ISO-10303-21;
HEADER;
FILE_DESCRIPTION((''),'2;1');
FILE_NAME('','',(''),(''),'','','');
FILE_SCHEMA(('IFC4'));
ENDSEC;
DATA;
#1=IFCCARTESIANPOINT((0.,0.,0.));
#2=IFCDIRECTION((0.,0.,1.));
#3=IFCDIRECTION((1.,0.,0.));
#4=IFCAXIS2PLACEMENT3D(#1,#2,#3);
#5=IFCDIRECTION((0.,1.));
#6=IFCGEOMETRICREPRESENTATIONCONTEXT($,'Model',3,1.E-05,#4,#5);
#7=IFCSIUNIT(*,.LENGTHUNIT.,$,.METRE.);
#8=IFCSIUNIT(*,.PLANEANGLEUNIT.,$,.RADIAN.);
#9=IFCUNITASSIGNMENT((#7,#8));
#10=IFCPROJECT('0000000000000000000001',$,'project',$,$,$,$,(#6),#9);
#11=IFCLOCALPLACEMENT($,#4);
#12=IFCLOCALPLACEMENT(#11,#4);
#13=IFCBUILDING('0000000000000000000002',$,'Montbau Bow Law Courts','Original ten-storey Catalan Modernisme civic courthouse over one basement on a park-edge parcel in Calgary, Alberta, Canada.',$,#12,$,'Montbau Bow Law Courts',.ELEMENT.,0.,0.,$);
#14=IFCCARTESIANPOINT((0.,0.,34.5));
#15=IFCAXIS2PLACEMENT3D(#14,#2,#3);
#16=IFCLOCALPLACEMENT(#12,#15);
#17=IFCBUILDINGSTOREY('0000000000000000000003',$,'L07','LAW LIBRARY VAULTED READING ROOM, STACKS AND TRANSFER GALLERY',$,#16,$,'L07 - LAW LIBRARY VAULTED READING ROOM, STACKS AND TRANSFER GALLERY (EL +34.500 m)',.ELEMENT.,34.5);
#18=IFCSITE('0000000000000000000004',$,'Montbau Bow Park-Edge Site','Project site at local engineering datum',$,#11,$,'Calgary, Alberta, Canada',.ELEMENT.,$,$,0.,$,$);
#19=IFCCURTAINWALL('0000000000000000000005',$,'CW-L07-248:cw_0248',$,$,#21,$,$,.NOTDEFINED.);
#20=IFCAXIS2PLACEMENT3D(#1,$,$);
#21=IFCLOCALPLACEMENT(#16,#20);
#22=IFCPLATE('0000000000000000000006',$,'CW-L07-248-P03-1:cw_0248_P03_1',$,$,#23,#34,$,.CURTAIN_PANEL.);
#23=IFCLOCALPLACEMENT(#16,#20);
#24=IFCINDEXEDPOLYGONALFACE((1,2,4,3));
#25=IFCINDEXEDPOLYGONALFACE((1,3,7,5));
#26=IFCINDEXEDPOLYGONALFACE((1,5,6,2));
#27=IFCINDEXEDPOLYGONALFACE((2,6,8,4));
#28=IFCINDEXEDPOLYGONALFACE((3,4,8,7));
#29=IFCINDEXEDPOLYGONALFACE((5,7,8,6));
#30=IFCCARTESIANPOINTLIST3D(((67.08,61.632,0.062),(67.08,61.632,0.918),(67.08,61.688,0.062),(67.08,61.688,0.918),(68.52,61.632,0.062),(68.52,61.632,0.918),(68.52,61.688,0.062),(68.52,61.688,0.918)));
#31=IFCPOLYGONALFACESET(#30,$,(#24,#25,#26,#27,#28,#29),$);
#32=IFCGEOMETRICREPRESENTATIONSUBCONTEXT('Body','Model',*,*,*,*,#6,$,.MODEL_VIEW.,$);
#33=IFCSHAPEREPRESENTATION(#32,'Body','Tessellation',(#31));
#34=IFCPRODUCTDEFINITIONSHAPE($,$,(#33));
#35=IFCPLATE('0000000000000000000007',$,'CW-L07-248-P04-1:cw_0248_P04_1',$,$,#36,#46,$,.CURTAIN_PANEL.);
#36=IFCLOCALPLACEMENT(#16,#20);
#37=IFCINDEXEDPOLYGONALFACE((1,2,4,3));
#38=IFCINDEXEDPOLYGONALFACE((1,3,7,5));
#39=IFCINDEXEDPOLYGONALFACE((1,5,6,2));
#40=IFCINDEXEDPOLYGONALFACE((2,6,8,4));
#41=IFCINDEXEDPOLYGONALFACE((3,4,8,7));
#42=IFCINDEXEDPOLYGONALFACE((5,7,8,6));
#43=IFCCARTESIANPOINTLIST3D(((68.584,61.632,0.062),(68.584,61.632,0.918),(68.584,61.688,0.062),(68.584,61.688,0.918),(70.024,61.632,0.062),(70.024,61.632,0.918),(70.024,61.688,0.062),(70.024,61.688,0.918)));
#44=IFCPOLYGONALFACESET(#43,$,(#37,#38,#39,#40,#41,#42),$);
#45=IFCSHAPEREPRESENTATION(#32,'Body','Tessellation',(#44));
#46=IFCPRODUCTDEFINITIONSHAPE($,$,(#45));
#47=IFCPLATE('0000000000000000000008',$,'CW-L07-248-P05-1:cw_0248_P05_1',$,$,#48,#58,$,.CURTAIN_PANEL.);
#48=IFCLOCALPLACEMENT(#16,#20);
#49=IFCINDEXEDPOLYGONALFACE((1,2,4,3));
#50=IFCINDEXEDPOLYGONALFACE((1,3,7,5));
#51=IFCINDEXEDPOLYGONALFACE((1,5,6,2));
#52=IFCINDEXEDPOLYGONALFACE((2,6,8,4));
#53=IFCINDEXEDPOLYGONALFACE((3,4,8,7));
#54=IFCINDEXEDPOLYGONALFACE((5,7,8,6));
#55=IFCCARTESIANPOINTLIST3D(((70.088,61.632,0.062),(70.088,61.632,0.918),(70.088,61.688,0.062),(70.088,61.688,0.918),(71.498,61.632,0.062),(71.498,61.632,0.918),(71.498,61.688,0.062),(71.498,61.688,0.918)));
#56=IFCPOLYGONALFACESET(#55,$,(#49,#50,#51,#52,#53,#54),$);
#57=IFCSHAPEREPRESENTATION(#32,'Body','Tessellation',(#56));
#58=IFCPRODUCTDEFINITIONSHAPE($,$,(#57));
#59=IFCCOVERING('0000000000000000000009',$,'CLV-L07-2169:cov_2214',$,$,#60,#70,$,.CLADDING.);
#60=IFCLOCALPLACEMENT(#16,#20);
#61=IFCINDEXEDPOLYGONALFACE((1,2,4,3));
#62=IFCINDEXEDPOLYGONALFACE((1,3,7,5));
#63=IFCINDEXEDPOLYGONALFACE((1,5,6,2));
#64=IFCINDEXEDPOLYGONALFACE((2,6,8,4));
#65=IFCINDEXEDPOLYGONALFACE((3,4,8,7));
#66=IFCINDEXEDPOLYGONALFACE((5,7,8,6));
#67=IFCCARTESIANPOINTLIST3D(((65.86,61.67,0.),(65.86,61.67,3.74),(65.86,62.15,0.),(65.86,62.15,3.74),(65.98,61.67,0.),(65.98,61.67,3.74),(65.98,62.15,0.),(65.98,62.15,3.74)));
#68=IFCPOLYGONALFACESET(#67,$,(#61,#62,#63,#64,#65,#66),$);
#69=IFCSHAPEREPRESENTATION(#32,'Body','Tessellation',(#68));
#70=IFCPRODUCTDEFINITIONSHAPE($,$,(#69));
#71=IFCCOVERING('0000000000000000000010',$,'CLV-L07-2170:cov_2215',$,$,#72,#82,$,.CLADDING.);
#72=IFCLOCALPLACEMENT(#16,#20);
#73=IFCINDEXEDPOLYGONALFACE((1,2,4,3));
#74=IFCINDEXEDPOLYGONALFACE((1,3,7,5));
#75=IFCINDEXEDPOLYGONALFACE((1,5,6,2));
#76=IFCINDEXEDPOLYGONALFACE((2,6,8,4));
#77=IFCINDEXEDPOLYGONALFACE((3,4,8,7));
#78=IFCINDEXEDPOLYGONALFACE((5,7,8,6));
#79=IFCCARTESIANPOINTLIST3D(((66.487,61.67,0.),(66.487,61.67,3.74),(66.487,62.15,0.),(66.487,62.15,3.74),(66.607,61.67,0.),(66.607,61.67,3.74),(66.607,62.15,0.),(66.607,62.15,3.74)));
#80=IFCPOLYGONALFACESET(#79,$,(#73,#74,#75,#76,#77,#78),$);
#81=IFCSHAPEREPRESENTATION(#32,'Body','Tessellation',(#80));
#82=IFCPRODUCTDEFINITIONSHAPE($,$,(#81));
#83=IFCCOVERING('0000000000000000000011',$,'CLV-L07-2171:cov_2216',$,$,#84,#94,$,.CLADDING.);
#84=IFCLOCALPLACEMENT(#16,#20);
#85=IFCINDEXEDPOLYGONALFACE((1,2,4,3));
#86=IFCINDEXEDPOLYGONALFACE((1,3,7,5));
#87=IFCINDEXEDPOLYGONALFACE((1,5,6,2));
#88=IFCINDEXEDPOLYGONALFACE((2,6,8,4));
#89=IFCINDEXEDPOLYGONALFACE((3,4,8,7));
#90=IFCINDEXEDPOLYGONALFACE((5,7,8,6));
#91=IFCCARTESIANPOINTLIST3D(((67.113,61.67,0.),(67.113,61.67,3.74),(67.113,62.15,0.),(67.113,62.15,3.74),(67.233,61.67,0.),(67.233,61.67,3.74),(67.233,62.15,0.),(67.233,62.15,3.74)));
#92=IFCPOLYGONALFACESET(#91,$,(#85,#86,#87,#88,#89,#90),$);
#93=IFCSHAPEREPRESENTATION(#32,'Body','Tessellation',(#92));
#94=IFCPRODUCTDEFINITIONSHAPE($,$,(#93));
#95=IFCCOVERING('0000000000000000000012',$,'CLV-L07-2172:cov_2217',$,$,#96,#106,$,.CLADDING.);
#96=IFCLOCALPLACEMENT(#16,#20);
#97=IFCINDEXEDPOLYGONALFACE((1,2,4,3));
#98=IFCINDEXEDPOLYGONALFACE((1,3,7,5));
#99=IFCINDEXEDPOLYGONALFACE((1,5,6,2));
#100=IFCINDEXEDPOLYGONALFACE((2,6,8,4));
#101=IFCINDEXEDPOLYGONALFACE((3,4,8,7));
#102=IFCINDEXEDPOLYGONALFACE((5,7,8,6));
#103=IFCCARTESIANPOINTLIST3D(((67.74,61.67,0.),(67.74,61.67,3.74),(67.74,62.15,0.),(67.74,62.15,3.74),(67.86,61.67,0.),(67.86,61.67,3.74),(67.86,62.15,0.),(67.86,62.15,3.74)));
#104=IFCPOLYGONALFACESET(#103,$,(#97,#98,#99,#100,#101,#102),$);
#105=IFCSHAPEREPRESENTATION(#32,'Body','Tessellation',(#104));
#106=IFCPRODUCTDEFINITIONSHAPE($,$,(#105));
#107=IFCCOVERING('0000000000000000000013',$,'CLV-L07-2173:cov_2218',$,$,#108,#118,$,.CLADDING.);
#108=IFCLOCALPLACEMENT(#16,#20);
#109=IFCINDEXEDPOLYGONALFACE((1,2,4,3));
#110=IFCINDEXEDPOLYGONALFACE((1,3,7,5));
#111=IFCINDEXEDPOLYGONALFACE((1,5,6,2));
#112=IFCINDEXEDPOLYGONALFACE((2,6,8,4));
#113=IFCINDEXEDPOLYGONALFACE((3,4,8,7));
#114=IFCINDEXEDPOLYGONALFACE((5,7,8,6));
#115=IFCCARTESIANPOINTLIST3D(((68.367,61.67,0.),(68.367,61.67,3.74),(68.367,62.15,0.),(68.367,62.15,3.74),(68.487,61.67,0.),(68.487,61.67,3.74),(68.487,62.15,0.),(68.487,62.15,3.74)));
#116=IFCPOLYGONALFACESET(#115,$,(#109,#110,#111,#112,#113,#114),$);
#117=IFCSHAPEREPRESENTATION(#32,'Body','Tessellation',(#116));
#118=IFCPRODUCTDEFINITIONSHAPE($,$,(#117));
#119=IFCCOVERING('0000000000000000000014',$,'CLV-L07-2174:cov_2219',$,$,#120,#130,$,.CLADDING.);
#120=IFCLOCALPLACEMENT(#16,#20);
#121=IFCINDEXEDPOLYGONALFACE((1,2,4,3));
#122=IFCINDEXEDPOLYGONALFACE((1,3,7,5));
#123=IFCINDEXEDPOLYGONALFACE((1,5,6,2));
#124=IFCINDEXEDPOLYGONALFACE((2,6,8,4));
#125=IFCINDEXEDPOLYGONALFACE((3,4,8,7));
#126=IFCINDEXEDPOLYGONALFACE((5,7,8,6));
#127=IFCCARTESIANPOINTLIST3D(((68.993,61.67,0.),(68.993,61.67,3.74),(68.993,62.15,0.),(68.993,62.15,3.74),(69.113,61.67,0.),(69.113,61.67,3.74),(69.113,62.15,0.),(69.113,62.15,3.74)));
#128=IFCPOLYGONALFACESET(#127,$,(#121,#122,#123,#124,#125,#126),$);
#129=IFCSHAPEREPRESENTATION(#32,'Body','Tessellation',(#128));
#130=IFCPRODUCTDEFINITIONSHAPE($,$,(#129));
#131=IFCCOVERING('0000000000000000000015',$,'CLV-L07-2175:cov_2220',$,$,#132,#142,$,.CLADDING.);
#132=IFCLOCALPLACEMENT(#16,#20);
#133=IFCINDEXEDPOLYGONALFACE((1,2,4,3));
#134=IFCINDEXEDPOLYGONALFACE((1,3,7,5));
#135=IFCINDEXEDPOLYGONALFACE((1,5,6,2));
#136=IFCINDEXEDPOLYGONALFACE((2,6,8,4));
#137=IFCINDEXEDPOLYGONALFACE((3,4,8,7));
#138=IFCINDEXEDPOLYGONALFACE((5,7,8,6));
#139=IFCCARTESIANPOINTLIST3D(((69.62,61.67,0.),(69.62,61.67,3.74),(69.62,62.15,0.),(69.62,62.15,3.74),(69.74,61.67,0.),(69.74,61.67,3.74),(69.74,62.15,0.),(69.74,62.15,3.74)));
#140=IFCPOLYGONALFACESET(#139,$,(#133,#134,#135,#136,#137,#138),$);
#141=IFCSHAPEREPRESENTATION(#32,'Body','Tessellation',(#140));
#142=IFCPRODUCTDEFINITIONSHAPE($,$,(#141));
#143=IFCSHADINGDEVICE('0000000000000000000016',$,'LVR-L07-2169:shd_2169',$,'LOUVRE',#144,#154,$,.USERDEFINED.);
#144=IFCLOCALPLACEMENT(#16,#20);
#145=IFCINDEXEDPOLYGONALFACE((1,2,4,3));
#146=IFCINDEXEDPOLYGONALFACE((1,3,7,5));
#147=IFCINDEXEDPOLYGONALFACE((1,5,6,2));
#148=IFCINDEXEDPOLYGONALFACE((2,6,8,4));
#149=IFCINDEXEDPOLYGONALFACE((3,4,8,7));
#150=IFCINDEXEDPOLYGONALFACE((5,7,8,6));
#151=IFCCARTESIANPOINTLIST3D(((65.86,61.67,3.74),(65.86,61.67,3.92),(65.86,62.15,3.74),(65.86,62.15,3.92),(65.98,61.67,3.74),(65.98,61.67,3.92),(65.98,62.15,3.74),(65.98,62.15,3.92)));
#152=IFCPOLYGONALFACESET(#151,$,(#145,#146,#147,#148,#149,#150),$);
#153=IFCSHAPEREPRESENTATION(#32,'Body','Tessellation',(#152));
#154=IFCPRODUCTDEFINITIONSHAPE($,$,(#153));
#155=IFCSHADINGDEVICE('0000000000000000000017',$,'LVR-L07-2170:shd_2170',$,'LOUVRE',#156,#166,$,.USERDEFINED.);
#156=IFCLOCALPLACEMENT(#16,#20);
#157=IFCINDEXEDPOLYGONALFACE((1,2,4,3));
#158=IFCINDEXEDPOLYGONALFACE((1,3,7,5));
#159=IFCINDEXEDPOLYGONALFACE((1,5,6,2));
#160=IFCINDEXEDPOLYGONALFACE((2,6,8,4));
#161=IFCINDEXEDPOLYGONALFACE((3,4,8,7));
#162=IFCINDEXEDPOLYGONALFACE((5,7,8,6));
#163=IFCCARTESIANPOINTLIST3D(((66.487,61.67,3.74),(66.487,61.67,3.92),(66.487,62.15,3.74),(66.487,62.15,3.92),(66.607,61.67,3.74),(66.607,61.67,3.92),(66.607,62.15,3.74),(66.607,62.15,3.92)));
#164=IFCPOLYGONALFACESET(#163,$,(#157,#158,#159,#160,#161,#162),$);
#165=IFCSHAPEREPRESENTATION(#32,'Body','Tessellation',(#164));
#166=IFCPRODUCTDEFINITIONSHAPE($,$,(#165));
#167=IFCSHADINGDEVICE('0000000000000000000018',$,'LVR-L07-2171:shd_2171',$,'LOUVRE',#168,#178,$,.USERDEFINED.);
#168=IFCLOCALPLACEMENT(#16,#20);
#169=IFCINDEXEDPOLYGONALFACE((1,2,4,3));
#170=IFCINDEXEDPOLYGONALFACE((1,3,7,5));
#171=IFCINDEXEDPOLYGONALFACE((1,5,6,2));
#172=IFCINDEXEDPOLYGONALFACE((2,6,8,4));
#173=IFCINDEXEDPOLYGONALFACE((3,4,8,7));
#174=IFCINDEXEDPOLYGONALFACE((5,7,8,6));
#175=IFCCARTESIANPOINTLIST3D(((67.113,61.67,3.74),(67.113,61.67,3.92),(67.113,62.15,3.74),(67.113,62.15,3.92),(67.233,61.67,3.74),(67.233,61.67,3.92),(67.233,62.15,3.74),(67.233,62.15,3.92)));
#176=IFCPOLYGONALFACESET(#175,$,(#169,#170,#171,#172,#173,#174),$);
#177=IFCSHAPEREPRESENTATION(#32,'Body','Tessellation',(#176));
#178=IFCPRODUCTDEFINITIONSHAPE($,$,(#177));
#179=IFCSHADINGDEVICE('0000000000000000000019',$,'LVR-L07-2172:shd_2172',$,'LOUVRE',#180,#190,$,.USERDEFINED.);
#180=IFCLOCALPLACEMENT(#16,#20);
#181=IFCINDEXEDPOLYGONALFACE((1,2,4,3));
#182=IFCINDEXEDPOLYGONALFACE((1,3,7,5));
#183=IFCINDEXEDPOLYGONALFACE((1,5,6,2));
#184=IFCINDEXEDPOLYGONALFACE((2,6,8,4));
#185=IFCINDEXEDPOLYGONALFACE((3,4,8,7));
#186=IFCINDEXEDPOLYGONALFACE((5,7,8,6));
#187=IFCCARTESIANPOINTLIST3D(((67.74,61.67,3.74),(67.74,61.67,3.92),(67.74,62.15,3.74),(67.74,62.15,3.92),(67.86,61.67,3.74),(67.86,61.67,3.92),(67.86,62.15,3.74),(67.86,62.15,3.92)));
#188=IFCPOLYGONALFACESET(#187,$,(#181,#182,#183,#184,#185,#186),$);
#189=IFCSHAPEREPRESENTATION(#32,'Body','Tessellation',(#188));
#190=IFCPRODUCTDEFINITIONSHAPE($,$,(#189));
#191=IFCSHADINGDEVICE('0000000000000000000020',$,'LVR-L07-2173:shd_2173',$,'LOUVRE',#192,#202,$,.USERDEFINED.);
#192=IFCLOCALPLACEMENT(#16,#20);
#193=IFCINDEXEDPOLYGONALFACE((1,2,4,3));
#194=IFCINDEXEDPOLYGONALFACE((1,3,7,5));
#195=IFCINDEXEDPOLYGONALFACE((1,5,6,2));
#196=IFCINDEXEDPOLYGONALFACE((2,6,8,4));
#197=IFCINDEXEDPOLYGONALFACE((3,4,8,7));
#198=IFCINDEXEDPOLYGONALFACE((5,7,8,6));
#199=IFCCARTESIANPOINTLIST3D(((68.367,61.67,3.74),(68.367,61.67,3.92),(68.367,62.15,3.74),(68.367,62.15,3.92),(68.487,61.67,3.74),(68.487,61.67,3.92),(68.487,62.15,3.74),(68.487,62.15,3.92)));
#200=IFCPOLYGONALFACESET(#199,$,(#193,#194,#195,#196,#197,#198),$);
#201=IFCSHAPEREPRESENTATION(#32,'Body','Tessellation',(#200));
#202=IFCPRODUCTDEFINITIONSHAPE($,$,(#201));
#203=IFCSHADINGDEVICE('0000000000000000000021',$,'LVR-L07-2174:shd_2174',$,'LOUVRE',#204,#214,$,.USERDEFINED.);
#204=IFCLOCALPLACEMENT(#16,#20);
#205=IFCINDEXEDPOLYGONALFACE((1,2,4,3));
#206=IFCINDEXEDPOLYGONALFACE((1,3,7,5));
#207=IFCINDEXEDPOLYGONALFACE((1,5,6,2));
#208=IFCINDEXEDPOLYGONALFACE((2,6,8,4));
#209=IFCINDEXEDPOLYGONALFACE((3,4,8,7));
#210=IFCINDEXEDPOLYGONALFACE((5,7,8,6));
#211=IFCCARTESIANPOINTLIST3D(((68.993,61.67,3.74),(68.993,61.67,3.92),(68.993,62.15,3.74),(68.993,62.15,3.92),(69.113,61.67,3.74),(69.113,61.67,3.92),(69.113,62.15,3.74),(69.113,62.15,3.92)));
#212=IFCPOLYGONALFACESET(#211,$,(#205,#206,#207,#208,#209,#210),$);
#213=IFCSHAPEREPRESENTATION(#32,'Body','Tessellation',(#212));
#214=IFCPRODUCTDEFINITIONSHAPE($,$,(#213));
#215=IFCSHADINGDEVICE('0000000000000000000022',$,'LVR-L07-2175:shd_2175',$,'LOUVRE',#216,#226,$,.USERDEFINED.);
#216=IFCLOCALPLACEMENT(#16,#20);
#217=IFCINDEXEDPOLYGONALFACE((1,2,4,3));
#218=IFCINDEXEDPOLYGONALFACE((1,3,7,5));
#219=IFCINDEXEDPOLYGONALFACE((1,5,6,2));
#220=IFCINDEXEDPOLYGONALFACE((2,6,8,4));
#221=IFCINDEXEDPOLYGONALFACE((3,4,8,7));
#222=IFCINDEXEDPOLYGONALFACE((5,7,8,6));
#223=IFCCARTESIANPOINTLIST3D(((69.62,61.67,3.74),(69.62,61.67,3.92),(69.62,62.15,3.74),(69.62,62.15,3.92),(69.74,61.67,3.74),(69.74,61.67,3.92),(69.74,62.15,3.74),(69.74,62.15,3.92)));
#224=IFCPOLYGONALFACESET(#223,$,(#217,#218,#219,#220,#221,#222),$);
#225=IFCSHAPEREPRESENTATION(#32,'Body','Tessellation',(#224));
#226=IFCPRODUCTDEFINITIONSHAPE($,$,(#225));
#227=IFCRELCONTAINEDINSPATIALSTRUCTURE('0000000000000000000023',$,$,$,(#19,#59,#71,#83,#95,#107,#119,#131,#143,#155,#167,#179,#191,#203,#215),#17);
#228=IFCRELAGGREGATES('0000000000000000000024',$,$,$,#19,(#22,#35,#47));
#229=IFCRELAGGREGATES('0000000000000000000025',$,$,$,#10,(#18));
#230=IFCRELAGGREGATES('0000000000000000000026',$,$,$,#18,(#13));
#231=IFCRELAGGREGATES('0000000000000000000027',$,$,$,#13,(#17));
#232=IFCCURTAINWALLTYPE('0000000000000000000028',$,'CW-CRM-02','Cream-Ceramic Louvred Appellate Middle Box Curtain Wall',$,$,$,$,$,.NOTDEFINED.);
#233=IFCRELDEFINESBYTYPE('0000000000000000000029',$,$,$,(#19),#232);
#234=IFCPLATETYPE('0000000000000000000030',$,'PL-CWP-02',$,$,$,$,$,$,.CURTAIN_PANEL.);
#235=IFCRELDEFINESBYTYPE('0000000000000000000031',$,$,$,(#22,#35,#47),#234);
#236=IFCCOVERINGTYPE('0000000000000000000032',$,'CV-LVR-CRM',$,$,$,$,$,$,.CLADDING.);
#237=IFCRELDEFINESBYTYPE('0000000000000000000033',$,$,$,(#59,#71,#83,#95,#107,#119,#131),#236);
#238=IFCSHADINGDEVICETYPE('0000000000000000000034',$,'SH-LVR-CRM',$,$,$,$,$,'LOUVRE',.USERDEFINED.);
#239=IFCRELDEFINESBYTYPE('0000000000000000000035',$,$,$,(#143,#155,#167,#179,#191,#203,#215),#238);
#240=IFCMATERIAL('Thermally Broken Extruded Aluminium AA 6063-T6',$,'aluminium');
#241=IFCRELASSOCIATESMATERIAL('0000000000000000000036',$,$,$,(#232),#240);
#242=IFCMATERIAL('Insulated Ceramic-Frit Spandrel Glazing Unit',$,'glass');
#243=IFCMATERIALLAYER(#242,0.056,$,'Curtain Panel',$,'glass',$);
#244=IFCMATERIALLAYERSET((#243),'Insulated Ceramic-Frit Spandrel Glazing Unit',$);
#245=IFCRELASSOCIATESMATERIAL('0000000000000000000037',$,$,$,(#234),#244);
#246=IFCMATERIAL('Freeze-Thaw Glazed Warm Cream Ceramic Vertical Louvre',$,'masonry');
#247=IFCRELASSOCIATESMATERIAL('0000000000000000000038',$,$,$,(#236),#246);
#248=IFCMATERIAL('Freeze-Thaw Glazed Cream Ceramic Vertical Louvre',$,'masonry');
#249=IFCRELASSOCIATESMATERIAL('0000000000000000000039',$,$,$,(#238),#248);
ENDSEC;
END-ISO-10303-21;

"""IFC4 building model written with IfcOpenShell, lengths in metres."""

from ifc_helpers import new_model, si_unit, direction, frame, frame_2d, origin_with_axes, origin_2d_with_axis, place, context, subcontext, project, spatial, rectangle, extrude, material, layer, layer_set, type_object, element, aggregate, save


model = new_model("IFC4")

# Units and contexts
model_context = context("Model", 3, precision=1e-05, world=origin_with_axes(), true_north=direction((0.0, 1.0)))
body_context = subcontext(model_context, "Body", "Model", "MODEL_VIEW")
ifc_project = project(units=[si_unit("LENGTHUNIT", "METRE"), si_unit("PLANEANGLEUNIT", "RADIAN")], contexts=[model_context])

# Site, building, storey
site_placement = place(None, origin_with_axes())
site = spatial("IfcSite", under=ifc_project, at=site_placement, Name="Montbau Bow Park-Edge Site", Description="Project site at local engineering datum", LongName="Calgary, Alberta, Canada", CompositionType="ELEMENT", RefElevation=0.0)
building_placement = place(site_placement, origin_with_axes())
building = spatial("IfcBuilding", under=site, at=building_placement, Name="Montbau Bow Law Courts", Description="Original ten-storey Catalan Modernisme civic courthouse over one basement on a park-edge parcel in Calgary, Alberta, Canada.", LongName="Montbau Bow Law Courts", CompositionType="ELEMENT", ElevationOfRefHeight=0.0, ElevationOfTerrain=0.0)
storey_placement = place(building_placement, frame((0.0, 0.0, 34.5), z_axis=(0.0, 0.0, 1.0), x_axis=(1.0, 0.0, 0.0)))
storey = spatial("IfcBuildingStorey", under=building, at=storey_placement, Name="L07", Description="LAW LIBRARY VAULTED READING ROOM, STACKS AND TRANSFER GALLERY", LongName="L07 - LAW LIBRARY VAULTED READING ROOM, STACKS AND TRANSFER GALLERY (EL +34.500 m)", CompositionType="ELEMENT", Elevation=34.5)

# Curtain wall, plates
ifc_material_1 = material(Name="Thermally Broken Extruded Aluminium AA 6063-T6", Category="aluminium")
curtain_wall_type = type_object("IfcCurtainWallType", Name="CW-CRM-02", Description="Cream-Ceramic Louvred Appellate Middle Box Curtain Wall", PredefinedType="NOTDEFINED", material=ifc_material_1)
curtain_wall_placement = place(None, frame((64.04, 61.66, 34.5), z_axis=(0.0, 0.0, 1.0), x_axis=(1.0, 0.0, 0.0)))
curtain_wall = element("IfcCurtainWall", 1, at=curtain_wall_placement, inside=storey, type_object=curtain_wall_type, Name="CW-L07-248:cw_0248", PredefinedType="NOTDEFINED")
ifc_material_2 = material(Name="Insulated Ceramic-Frit Spandrel Glazing Unit", Category="glass")
ifc_layer_1 = layer(ifc_material_2, 0.056, Name="Curtain Panel", Category="glass")
ifc_layer_set_1 = layer_set([ifc_layer_1], Name="Insulated Ceramic-Frit Spandrel Glazing Unit")
plate_type_1 = type_object("IfcPlateType", Name="PL-CWP-02", PredefinedType="CURTAIN_PANEL", material=ifc_layer_set_1)
plate_1_placement = place(None, frame((67.08, 61.66, 34.562), z_axis=(0.0, -1.0, 0.0), x_axis=(1.0, 0.0, 0.0)))
plate_1 = element("IfcPlate", 2, at=plate_1_placement, type_object=plate_type_1, Name="CW-L07-248-P03-1:cw_0248_P03_1", PredefinedType="CURTAIN_PANEL", context=body_context, shape_type="SweptSolid", body=[
    extrude(rectangle(XDim=1.44, YDim=0.856, at=frame_2d((0.72, 0.428), x_axis=(1.0, 0.0))), frame((0.0, 0.0, -0.028), z_axis=(0.0, 0.0, 1.0), x_axis=(1.0, 0.0, 0.0)), (0.0, 0.0, 1.0), 0.056),
])
plate_2_placement = place(None, frame((68.584, 61.66, 34.562), z_axis=(0.0, -1.0, 0.0), x_axis=(1.0, 0.0, 0.0)))
plate_2 = element("IfcPlate", 3, at=plate_2_placement, type_object=plate_type_1, Name="CW-L07-248-P04-1:cw_0248_P04_1", PredefinedType="CURTAIN_PANEL", context=body_context, shape_type="SweptSolid", body=[
    extrude(rectangle(XDim=1.44, YDim=0.856, at=frame_2d((0.72, 0.428), x_axis=(1.0, 0.0))), frame((0.0, 0.0, -0.028), z_axis=(0.0, 0.0, 1.0), x_axis=(1.0, 0.0, 0.0)), (0.0, 0.0, 1.0), 0.056),
])
plate_3_placement = place(None, frame((70.088, 61.66, 34.562), z_axis=(0.0, -1.0, 0.0), x_axis=(1.0, 0.0, 0.0)))
plate_3 = element("IfcPlate", 4, at=plate_3_placement, type_object=plate_type_1, Name="CW-L07-248-P05-1:cw_0248_P05_1", PredefinedType="CURTAIN_PANEL", context=body_context, shape_type="SweptSolid", body=[
    extrude(rectangle(XDim=1.41, YDim=0.856, at=frame_2d((0.705, 0.428), x_axis=(1.0, 0.0))), frame((0.0, 0.0, -0.028), z_axis=(0.0, 0.0, 1.0), x_axis=(1.0, 0.0, 0.0)), (0.0, 0.0, 1.0), 0.056),
])
aggregate(curtain_wall, [plate_1, plate_2, plate_3])

# Coverings
ifc_material_3 = material(Name="Freeze-Thaw Glazed Warm Cream Ceramic Vertical Louvre", Category="masonry")
covering_type = type_object("IfcCoveringType", Name="CV-LVR-CRM", PredefinedType="CLADDING", material=ifc_material_3)
for number, where, z_axis, x_axis, name in (
    (5, (65.92, 61.67, 34.5), (1.0, 0.0, 0.0), (0.0, 1.0, 0.0), "CLV-L07-2169:cov_2214"),
    (6, (66.547, 61.67, 34.5), (1.0, 0.0, 0.0), (0.0, 1.0, 0.0), "CLV-L07-2170:cov_2215"),
    (7, (67.173, 61.67, 34.5), (1.0, 0.0, 0.0), (0.0, 1.0, 0.0), "CLV-L07-2171:cov_2216"),
    (8, (67.8, 61.67, 34.5), (1.0, 0.0, 0.0), (0.0, 1.0, 0.0), "CLV-L07-2172:cov_2217"),
    (9, (68.427, 61.67, 34.5), (1.0, 0.0, 0.0), (0.0, 1.0, 0.0), "CLV-L07-2173:cov_2218"),
    (10, (69.053, 61.67, 34.5), (1.0, 0.0, 0.0), (0.0, 1.0, 0.0), "CLV-L07-2174:cov_2219"),
    (11, (69.68, 61.67, 34.5), (1.0, 0.0, 0.0), (0.0, 1.0, 0.0), "CLV-L07-2175:cov_2220"),
):
    element("IfcCovering", number, at=place(None, frame(where, z_axis=z_axis, x_axis=x_axis)), inside=storey, type_object=covering_type, Name=name, PredefinedType="CLADDING", context=body_context, shape_type="SweptSolid", body=[
        extrude(rectangle(XDim=0.48, YDim=3.74, at=frame_2d((0.24, 1.87), x_axis=(1.0, 0.0))), frame((0.0, 0.0, -0.06), z_axis=(0.0, 0.0, 1.0), x_axis=(1.0, 0.0, 0.0)), (0.0, 0.0, 1.0), 0.12),
    ])

# Shading devices
ifc_material_4 = material(Name="Freeze-Thaw Glazed Cream Ceramic Vertical Louvre", Category="masonry")
shading_device_type = type_object("IfcShadingDeviceType", Name="SH-LVR-CRM", ElementType="LOUVRE", PredefinedType="USERDEFINED", material=ifc_material_4)
for number, where, z_axis, x_axis, name in (
    (12, (65.92, 61.91, 38.24), (0.0, 0.0, 1.0), (0.0, 1.0, 0.0), "LVR-L07-2169:shd_2169"),
    (13, (66.547, 61.91, 38.24), (0.0, 0.0, 1.0), (0.0, 1.0, 0.0), "LVR-L07-2170:shd_2170"),
    (14, (67.173, 61.91, 38.24), (0.0, 0.0, 1.0), (0.0, 1.0, 0.0), "LVR-L07-2171:shd_2171"),
    (15, (67.8, 61.91, 38.24), (0.0, 0.0, 1.0), (0.0, 1.0, 0.0), "LVR-L07-2172:shd_2172"),
    (16, (68.427, 61.91, 38.24), (0.0, 0.0, 1.0), (0.0, 1.0, 0.0), "LVR-L07-2173:shd_2173"),
    (17, (69.053, 61.91, 38.24), (0.0, 0.0, 1.0), (0.0, 1.0, 0.0), "LVR-L07-2174:shd_2174"),
    (18, (69.68, 61.91, 38.24), (0.0, 0.0, 1.0), (0.0, 1.0, 0.0), "LVR-L07-2175:shd_2175"),
):
    element("IfcShadingDevice", number, at=place(None, frame(where, z_axis=z_axis, x_axis=x_axis)), inside=storey, type_object=shading_device_type, Name=name, ObjectType="LOUVRE", PredefinedType="USERDEFINED", context=body_context, shape_type="SweptSolid", body=[
        extrude(rectangle(XDim=0.48, YDim=0.12, at=origin_2d_with_axis()), origin_with_axes(), (0.0, 0.0, 1.0), 0.18),
    ])

save(model, "model.ifc")
